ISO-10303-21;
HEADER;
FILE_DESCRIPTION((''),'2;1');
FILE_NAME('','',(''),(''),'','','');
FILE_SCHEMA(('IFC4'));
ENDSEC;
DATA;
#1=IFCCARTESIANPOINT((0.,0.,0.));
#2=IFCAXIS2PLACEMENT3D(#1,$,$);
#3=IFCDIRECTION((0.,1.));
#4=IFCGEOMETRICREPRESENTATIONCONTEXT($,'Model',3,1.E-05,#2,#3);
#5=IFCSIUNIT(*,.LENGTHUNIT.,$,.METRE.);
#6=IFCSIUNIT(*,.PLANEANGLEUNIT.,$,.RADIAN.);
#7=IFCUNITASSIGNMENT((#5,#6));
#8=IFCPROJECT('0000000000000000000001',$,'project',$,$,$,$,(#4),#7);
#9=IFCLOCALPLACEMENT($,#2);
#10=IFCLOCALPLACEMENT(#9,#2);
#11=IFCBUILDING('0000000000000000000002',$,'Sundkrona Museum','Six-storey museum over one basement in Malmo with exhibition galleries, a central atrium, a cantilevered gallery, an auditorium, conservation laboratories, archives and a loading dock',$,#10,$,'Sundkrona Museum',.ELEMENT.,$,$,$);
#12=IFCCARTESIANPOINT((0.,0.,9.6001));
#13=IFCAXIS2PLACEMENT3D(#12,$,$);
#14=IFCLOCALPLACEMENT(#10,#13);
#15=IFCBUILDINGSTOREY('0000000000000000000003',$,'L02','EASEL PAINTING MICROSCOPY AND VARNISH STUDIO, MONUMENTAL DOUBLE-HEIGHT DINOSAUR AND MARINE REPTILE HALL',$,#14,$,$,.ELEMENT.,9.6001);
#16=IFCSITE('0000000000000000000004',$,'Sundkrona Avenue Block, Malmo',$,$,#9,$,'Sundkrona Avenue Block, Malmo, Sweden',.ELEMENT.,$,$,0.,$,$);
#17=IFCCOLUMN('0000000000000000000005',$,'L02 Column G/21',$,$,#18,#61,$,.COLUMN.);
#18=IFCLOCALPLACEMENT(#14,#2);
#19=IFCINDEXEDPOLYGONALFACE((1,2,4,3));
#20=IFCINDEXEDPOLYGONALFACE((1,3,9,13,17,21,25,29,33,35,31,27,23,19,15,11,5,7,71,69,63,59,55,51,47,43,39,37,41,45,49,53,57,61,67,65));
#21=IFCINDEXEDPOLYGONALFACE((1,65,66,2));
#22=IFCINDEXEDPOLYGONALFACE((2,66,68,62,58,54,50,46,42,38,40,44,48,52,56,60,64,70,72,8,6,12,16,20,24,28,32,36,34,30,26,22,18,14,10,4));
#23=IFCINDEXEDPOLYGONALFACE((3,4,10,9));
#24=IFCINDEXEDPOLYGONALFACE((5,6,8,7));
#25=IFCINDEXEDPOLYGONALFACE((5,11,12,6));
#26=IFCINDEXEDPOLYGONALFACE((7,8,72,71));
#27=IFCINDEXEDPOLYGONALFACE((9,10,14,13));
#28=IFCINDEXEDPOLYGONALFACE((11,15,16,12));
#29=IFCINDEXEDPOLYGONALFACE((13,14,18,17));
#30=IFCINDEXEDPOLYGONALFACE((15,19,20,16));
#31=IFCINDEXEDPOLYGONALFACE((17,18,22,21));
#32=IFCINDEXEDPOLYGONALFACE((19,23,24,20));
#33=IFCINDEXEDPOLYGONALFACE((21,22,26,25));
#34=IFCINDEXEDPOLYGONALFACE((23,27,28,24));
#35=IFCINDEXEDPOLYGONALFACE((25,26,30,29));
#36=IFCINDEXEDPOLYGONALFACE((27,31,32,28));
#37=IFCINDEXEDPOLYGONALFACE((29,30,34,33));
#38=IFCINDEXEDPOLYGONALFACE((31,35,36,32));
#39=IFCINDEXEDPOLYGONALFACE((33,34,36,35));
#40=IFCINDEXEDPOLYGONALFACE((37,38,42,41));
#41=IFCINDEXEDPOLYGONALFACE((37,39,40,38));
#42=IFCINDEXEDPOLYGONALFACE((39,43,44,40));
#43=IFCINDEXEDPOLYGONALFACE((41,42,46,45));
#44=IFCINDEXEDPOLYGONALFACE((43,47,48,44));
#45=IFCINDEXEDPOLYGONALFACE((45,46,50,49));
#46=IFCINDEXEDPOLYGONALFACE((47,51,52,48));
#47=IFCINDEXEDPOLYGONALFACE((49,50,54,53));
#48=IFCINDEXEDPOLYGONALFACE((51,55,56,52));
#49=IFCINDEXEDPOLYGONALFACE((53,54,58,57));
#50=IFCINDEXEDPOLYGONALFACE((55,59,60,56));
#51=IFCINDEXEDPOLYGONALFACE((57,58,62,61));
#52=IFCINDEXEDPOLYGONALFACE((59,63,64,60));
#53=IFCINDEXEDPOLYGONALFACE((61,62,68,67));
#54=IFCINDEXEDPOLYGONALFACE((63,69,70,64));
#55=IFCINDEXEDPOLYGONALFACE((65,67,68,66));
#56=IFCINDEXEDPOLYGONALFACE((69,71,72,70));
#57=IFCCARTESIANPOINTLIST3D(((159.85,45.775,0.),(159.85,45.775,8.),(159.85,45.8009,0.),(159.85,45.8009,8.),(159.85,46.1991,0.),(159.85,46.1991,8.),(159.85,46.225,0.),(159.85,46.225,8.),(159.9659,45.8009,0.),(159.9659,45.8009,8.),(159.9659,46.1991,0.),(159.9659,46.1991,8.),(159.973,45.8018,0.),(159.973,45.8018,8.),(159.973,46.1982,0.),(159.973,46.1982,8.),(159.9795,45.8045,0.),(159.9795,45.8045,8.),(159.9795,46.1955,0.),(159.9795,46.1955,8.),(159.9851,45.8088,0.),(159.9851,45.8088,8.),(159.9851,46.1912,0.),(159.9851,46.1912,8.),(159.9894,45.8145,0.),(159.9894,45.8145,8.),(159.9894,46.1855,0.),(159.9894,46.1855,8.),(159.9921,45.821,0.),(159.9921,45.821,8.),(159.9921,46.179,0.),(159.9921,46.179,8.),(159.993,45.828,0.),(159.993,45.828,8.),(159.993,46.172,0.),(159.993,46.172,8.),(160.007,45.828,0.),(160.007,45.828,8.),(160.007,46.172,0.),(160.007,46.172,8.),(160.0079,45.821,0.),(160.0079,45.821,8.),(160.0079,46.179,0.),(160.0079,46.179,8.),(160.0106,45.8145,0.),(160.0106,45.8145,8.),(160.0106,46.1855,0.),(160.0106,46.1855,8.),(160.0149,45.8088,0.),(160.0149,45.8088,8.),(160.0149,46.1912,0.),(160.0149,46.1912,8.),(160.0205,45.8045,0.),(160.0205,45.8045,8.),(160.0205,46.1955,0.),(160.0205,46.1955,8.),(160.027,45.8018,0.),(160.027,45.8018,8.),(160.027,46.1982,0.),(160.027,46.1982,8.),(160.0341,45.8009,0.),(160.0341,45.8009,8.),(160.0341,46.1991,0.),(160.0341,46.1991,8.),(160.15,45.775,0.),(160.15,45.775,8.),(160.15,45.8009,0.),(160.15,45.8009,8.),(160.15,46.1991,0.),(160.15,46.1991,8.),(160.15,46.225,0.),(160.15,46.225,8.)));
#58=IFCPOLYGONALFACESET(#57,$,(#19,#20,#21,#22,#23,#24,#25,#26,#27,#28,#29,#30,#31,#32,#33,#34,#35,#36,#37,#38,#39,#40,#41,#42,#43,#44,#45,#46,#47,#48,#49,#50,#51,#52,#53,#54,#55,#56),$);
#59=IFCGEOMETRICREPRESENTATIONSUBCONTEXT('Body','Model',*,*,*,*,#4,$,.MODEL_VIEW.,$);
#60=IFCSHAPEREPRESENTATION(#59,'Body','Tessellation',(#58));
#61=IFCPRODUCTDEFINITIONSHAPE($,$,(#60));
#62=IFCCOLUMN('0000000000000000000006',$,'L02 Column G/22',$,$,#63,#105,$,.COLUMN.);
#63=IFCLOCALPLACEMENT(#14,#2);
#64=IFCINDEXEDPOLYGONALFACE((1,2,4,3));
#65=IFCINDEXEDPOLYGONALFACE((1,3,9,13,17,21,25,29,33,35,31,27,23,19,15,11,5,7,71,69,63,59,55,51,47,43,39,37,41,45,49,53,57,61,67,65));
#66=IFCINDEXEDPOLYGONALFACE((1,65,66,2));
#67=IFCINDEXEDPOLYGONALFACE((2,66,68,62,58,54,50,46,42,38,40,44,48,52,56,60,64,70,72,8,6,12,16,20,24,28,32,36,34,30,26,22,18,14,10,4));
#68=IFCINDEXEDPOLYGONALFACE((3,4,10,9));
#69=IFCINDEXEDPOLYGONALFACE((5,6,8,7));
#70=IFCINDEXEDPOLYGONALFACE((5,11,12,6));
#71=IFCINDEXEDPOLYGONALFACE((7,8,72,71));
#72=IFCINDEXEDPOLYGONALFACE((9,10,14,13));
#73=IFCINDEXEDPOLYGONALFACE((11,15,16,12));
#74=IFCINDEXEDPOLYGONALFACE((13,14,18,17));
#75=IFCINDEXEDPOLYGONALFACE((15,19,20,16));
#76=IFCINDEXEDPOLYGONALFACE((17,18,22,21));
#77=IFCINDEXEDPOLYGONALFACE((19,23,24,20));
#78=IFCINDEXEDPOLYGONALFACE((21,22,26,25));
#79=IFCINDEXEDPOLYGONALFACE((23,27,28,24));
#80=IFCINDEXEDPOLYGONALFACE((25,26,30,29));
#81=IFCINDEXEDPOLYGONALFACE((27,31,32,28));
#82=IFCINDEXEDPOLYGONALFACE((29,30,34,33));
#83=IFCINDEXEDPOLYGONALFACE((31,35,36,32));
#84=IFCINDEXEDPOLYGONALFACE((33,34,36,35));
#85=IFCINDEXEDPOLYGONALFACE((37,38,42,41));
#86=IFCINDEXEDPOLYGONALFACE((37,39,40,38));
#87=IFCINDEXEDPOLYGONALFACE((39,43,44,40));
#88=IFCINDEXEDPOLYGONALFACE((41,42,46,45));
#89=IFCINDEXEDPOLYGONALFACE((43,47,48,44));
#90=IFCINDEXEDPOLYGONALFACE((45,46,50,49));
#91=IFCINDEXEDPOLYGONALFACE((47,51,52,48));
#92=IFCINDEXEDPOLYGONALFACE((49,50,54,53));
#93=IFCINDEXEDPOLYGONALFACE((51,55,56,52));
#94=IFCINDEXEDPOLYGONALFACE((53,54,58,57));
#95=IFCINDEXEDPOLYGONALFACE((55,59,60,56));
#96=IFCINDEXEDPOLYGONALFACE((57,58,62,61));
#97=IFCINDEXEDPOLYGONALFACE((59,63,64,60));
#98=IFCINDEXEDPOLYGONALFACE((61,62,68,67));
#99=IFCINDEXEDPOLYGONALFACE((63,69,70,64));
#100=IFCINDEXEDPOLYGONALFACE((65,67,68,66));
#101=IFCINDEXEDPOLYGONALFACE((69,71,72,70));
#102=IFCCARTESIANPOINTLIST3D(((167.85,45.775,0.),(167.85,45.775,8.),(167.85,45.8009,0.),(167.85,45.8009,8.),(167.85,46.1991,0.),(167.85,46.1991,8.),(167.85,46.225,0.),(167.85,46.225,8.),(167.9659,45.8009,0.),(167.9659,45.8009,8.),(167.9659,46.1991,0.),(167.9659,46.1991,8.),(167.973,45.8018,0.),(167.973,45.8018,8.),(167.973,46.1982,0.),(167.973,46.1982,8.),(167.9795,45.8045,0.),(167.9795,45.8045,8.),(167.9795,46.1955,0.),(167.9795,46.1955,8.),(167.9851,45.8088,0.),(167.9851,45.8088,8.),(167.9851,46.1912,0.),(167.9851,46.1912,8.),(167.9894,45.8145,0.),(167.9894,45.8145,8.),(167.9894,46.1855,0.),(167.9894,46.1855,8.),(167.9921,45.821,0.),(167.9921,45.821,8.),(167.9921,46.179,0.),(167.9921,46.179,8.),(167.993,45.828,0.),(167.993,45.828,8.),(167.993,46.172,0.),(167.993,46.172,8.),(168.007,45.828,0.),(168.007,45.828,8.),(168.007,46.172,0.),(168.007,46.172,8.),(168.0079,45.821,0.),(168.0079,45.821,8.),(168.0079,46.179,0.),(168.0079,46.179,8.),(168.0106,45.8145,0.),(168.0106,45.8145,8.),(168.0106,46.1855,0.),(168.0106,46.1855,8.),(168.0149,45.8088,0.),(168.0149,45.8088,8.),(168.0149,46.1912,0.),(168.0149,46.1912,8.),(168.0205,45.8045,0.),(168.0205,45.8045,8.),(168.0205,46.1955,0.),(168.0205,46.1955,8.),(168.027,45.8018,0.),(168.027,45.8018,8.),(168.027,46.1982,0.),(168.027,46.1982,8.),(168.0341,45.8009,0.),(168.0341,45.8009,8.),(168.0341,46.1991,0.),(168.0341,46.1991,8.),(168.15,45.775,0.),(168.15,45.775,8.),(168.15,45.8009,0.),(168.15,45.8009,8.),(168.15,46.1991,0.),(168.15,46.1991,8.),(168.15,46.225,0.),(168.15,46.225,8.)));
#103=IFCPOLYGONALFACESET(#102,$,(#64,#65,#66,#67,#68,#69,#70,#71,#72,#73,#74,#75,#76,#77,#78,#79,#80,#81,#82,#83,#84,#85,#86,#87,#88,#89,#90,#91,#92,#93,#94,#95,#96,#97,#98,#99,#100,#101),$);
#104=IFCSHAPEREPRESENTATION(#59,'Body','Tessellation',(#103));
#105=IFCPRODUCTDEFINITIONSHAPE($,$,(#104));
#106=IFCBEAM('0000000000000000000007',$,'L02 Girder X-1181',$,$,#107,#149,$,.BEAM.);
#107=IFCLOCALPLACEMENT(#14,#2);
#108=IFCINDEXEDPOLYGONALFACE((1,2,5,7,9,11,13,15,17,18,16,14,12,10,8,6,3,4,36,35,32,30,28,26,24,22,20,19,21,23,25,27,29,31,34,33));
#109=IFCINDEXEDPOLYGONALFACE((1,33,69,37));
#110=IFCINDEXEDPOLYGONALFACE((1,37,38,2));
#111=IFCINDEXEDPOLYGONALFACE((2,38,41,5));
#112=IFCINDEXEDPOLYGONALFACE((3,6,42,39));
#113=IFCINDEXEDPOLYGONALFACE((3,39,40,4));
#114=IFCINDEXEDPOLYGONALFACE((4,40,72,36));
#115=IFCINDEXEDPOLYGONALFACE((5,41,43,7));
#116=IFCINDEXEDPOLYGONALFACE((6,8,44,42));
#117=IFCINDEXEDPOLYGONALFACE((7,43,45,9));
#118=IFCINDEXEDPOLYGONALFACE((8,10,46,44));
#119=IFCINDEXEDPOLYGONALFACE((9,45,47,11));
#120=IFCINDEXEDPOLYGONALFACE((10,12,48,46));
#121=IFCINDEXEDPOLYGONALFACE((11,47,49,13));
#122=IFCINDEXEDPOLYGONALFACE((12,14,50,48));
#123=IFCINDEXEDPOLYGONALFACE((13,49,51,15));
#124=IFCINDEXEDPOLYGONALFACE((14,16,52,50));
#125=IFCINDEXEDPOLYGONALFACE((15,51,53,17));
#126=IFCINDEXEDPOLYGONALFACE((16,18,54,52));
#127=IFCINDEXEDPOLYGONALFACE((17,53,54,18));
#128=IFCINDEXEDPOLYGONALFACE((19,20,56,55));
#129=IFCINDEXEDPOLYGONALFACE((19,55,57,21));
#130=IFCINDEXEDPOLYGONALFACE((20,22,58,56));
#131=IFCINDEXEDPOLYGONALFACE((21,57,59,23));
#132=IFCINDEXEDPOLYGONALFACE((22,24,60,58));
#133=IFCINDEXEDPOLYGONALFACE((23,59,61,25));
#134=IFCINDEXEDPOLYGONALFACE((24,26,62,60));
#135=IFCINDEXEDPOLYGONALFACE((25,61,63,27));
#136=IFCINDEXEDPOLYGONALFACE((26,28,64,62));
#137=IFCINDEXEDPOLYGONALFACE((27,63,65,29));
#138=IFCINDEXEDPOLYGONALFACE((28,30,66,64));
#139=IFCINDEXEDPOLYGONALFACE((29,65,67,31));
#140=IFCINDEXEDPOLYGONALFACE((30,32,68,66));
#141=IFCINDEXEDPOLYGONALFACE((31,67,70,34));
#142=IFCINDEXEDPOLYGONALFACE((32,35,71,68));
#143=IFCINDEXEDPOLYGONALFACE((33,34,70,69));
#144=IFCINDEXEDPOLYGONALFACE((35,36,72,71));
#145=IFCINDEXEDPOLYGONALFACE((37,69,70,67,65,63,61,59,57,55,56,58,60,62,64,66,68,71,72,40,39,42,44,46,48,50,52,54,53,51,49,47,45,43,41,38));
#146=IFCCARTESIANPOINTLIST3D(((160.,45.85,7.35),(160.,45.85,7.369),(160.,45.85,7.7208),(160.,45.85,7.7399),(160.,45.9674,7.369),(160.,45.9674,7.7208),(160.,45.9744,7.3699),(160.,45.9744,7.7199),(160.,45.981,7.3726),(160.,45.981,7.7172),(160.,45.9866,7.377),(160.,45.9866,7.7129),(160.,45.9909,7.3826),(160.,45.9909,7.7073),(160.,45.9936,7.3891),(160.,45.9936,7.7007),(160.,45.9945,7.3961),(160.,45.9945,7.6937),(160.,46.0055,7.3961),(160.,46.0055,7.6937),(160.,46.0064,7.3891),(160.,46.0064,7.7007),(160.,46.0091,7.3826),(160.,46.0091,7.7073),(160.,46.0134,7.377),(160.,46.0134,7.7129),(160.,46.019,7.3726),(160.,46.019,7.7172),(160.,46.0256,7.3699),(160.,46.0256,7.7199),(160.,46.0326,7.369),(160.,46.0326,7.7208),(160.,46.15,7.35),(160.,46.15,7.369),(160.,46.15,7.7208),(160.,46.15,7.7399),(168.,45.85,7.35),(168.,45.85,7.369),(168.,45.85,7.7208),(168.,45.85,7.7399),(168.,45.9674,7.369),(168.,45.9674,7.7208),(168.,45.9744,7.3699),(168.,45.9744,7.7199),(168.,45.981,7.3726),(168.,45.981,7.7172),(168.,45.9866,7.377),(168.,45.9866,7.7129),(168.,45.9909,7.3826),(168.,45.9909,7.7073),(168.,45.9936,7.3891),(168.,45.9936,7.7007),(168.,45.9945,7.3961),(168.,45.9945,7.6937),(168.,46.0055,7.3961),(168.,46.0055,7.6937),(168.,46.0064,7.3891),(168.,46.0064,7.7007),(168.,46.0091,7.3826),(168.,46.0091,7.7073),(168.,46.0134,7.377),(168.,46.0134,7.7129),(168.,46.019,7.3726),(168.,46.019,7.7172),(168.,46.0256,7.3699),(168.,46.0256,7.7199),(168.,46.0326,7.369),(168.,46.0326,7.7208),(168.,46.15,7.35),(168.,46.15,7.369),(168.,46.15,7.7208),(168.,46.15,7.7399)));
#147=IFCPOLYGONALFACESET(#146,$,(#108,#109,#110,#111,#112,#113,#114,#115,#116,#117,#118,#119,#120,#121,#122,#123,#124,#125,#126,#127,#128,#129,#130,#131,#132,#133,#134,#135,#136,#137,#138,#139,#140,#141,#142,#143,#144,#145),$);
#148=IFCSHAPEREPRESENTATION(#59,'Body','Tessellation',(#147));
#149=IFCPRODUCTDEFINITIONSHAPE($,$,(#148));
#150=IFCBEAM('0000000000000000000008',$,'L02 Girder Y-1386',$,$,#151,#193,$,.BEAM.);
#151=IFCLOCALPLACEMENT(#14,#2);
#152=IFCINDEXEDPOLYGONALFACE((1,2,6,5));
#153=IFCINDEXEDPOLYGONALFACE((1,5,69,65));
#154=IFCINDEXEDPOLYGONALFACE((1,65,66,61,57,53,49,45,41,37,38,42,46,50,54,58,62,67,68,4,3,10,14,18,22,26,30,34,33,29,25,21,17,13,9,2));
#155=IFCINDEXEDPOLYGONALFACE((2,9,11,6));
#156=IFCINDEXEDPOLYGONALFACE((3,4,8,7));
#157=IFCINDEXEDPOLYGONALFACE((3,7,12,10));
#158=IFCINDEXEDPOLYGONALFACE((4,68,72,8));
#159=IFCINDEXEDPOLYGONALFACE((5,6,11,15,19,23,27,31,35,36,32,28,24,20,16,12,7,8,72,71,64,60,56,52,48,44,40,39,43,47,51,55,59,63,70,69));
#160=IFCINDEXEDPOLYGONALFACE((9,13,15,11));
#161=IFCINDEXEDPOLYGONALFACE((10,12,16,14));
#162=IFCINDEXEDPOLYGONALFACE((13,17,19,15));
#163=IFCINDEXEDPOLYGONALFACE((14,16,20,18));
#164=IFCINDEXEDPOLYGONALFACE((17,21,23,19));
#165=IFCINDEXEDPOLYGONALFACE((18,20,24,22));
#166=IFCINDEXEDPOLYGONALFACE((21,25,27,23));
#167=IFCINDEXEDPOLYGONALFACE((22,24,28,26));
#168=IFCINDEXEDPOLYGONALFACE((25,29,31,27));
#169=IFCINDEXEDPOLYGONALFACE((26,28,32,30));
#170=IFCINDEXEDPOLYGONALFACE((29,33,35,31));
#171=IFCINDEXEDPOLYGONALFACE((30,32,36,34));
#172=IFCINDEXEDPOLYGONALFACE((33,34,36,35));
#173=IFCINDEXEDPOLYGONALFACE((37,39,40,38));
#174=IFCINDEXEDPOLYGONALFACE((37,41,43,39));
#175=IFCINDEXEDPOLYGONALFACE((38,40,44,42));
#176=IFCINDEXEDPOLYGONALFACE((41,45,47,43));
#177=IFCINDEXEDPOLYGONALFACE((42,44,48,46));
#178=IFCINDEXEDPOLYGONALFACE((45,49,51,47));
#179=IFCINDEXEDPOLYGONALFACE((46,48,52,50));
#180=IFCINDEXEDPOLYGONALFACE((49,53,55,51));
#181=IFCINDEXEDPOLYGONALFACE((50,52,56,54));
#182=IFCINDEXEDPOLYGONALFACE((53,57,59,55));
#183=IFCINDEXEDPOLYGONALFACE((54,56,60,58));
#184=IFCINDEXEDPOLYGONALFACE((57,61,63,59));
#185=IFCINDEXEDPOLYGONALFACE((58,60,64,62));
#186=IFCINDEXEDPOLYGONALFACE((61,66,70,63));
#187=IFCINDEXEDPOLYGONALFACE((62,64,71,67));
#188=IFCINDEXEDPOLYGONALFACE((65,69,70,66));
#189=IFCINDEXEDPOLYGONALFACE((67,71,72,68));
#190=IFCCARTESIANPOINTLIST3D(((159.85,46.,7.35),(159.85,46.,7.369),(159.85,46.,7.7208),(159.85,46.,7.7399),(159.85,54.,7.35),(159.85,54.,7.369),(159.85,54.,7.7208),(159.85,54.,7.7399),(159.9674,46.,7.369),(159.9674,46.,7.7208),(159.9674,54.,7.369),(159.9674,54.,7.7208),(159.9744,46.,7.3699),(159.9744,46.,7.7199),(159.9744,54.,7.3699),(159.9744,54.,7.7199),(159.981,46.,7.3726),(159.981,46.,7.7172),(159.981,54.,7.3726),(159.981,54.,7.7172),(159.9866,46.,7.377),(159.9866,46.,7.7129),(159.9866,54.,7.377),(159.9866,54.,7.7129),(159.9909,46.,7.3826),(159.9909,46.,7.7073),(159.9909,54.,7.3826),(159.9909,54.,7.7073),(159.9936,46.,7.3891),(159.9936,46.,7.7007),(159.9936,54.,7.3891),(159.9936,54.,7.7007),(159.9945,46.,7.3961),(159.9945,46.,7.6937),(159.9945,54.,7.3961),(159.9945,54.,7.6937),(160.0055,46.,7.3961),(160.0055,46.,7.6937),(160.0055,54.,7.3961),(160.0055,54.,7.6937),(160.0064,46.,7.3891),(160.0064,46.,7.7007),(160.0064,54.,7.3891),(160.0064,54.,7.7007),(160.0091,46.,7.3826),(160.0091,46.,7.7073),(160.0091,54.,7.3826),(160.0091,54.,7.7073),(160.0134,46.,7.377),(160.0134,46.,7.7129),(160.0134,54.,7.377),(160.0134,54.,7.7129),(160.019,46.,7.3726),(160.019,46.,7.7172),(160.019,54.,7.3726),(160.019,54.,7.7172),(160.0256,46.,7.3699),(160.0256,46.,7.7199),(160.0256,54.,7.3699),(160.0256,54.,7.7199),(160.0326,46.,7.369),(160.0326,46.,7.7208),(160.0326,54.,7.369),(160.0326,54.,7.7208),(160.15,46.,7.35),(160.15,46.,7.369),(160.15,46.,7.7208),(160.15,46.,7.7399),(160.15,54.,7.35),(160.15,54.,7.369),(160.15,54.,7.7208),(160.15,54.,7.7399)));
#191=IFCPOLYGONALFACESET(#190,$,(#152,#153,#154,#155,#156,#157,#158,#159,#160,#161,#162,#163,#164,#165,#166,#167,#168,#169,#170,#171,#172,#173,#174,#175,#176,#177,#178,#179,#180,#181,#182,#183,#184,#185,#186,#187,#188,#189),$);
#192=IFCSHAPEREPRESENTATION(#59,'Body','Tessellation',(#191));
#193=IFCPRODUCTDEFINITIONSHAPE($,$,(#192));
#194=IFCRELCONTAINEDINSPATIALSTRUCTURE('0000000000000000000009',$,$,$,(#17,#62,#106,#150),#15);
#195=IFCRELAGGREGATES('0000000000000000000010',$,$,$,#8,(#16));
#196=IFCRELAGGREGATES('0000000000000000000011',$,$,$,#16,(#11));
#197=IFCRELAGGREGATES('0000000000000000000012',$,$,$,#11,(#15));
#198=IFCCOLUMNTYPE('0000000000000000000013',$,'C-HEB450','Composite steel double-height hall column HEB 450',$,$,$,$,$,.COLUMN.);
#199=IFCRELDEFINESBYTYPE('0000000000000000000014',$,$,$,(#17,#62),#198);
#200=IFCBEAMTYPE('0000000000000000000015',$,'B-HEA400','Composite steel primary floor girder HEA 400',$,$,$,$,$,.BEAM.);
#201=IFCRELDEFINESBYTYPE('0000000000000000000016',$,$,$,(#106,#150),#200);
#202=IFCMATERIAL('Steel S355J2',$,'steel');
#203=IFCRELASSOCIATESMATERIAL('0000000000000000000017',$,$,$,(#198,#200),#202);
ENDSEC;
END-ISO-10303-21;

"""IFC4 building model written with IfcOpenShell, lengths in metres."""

from ifc_helpers import new_model, si_unit, direction, frame, origin, origin_2d, place, context, subcontext, project, spatial, i_section, extrude, material, material_profile, profile_set, type_object, element, save


model = new_model("IFC4")

# Units and contexts
model_context = context("Model", 3, precision=1e-05, world=origin(), true_north=direction((0.0, 1.0)))
body_context = subcontext(model_context, "Body", "Model", "MODEL_VIEW")
ifc_project = project(units=[si_unit("LENGTHUNIT", "METRE"), si_unit("PLANEANGLEUNIT", "RADIAN")], contexts=[model_context])

# Site, building, storey
site_placement = place(None, origin())
site = spatial("IfcSite", under=ifc_project, at=site_placement, Name="Sundkrona Avenue Block, Malmo", LongName="Sundkrona Avenue Block, Malmo, Sweden", CompositionType="ELEMENT", RefElevation=0.0)
building_placement = place(site_placement, origin())
building = spatial("IfcBuilding", under=site, at=building_placement, Name="Sundkrona Museum", Description="Six-storey museum over one basement in Malmo with exhibition galleries, a central atrium, a cantilevered gallery, an auditorium, conservation laboratories, archives and a loading dock", LongName="Sundkrona Museum", CompositionType="ELEMENT")
storey_placement = place(building_placement, frame((0.0, 0.0, 9.6001)))
storey = spatial("IfcBuildingStorey", under=building, at=storey_placement, Name="L02", Description="EASEL PAINTING MICROSCOPY AND VARNISH STUDIO, MONUMENTAL DOUBLE-HEIGHT DINOSAUR AND MARINE REPTILE HALL", CompositionType="ELEMENT", Elevation=9.6001)

# Columns
ifc_material_1 = material(Name="Steel S355J2", Category="steel")
ifc_material_profile_1 = material_profile(ifc_material_1, i_section(OverallWidth=0.3, OverallDepth=0.45, WebThickness=0.0139, FlangeThickness=0.0259, FilletRadius=0.0271, at=origin_2d()), Name="HEB 450")
ifc_profile_set_1 = profile_set([ifc_material_profile_1], Name="Steel S355J2")
column_type = type_object("IfcColumnType", Name="C-HEB450", Description="Composite steel double-height hall column HEB 450", PredefinedType="COLUMN", material=ifc_profile_set_1)
for number, where, z_axis, x_axis, name in (
    (1, (160.0, 46.0, 0.0), (0.0, 0.0, 1.0), (1.0, 0.0, 0.0), "L02 Column G/21"),
    (2, (168.0, 46.0, 0.0), (0.0, 0.0, 1.0), (1.0, 0.0, 0.0), "L02 Column G/22"),
):
    element("IfcColumn", number, at=place(storey_placement, frame(where, z_axis=z_axis, x_axis=x_axis)), inside=storey, type_object=column_type, Name=name, PredefinedType="COLUMN", context=body_context, shape_type="SweptSolid", body=[
        extrude(i_section(OverallWidth=0.3, OverallDepth=0.45, WebThickness=0.0139, FlangeThickness=0.0259, FilletRadius=0.0271, at=origin_2d()), origin(), (0.0, 0.0, 1.0), 8.0),
    ])

# Beams
ifc_material_profile_2 = material_profile(ifc_material_1, i_section(OverallWidth=0.3, OverallDepth=0.3899, WebThickness=0.011, FlangeThickness=0.019, FilletRadius=0.0271, at=origin_2d()), Name="HEA 400")
ifc_profile_set_2 = profile_set([ifc_material_profile_2], Name="Steel S355J2")
beam_type_1 = type_object("IfcBeamType", Name="B-HEA400", Description="Composite steel primary floor girder HEA 400", PredefinedType="BEAM", material=ifc_profile_set_2)
for number, where, z_axis, x_axis, name in (
    (3, (160.0, 46.0, 7.5449), (1.0, 0.0, 0.0), (0.0, 1.0, 0.0), "L02 Girder X-1181"),
    (4, (160.0, 46.0, 7.5449), (0.0, 1.0, 0.0), (-1.0, 0.0, 0.0), "L02 Girder Y-1386"),
):
    element("IfcBeam", number, at=place(storey_placement, frame(where, z_axis=z_axis, x_axis=x_axis)), inside=storey, type_object=beam_type_1, Name=name, PredefinedType="BEAM", context=body_context, shape_type="SweptSolid", body=[
        extrude(i_section(OverallWidth=0.3, OverallDepth=0.3899, WebThickness=0.011, FlangeThickness=0.019, FilletRadius=0.0271, at=origin_2d()), origin(), (0.0, 0.0, 1.0), 8.0),
    ])

save(model, "model.ifc")
